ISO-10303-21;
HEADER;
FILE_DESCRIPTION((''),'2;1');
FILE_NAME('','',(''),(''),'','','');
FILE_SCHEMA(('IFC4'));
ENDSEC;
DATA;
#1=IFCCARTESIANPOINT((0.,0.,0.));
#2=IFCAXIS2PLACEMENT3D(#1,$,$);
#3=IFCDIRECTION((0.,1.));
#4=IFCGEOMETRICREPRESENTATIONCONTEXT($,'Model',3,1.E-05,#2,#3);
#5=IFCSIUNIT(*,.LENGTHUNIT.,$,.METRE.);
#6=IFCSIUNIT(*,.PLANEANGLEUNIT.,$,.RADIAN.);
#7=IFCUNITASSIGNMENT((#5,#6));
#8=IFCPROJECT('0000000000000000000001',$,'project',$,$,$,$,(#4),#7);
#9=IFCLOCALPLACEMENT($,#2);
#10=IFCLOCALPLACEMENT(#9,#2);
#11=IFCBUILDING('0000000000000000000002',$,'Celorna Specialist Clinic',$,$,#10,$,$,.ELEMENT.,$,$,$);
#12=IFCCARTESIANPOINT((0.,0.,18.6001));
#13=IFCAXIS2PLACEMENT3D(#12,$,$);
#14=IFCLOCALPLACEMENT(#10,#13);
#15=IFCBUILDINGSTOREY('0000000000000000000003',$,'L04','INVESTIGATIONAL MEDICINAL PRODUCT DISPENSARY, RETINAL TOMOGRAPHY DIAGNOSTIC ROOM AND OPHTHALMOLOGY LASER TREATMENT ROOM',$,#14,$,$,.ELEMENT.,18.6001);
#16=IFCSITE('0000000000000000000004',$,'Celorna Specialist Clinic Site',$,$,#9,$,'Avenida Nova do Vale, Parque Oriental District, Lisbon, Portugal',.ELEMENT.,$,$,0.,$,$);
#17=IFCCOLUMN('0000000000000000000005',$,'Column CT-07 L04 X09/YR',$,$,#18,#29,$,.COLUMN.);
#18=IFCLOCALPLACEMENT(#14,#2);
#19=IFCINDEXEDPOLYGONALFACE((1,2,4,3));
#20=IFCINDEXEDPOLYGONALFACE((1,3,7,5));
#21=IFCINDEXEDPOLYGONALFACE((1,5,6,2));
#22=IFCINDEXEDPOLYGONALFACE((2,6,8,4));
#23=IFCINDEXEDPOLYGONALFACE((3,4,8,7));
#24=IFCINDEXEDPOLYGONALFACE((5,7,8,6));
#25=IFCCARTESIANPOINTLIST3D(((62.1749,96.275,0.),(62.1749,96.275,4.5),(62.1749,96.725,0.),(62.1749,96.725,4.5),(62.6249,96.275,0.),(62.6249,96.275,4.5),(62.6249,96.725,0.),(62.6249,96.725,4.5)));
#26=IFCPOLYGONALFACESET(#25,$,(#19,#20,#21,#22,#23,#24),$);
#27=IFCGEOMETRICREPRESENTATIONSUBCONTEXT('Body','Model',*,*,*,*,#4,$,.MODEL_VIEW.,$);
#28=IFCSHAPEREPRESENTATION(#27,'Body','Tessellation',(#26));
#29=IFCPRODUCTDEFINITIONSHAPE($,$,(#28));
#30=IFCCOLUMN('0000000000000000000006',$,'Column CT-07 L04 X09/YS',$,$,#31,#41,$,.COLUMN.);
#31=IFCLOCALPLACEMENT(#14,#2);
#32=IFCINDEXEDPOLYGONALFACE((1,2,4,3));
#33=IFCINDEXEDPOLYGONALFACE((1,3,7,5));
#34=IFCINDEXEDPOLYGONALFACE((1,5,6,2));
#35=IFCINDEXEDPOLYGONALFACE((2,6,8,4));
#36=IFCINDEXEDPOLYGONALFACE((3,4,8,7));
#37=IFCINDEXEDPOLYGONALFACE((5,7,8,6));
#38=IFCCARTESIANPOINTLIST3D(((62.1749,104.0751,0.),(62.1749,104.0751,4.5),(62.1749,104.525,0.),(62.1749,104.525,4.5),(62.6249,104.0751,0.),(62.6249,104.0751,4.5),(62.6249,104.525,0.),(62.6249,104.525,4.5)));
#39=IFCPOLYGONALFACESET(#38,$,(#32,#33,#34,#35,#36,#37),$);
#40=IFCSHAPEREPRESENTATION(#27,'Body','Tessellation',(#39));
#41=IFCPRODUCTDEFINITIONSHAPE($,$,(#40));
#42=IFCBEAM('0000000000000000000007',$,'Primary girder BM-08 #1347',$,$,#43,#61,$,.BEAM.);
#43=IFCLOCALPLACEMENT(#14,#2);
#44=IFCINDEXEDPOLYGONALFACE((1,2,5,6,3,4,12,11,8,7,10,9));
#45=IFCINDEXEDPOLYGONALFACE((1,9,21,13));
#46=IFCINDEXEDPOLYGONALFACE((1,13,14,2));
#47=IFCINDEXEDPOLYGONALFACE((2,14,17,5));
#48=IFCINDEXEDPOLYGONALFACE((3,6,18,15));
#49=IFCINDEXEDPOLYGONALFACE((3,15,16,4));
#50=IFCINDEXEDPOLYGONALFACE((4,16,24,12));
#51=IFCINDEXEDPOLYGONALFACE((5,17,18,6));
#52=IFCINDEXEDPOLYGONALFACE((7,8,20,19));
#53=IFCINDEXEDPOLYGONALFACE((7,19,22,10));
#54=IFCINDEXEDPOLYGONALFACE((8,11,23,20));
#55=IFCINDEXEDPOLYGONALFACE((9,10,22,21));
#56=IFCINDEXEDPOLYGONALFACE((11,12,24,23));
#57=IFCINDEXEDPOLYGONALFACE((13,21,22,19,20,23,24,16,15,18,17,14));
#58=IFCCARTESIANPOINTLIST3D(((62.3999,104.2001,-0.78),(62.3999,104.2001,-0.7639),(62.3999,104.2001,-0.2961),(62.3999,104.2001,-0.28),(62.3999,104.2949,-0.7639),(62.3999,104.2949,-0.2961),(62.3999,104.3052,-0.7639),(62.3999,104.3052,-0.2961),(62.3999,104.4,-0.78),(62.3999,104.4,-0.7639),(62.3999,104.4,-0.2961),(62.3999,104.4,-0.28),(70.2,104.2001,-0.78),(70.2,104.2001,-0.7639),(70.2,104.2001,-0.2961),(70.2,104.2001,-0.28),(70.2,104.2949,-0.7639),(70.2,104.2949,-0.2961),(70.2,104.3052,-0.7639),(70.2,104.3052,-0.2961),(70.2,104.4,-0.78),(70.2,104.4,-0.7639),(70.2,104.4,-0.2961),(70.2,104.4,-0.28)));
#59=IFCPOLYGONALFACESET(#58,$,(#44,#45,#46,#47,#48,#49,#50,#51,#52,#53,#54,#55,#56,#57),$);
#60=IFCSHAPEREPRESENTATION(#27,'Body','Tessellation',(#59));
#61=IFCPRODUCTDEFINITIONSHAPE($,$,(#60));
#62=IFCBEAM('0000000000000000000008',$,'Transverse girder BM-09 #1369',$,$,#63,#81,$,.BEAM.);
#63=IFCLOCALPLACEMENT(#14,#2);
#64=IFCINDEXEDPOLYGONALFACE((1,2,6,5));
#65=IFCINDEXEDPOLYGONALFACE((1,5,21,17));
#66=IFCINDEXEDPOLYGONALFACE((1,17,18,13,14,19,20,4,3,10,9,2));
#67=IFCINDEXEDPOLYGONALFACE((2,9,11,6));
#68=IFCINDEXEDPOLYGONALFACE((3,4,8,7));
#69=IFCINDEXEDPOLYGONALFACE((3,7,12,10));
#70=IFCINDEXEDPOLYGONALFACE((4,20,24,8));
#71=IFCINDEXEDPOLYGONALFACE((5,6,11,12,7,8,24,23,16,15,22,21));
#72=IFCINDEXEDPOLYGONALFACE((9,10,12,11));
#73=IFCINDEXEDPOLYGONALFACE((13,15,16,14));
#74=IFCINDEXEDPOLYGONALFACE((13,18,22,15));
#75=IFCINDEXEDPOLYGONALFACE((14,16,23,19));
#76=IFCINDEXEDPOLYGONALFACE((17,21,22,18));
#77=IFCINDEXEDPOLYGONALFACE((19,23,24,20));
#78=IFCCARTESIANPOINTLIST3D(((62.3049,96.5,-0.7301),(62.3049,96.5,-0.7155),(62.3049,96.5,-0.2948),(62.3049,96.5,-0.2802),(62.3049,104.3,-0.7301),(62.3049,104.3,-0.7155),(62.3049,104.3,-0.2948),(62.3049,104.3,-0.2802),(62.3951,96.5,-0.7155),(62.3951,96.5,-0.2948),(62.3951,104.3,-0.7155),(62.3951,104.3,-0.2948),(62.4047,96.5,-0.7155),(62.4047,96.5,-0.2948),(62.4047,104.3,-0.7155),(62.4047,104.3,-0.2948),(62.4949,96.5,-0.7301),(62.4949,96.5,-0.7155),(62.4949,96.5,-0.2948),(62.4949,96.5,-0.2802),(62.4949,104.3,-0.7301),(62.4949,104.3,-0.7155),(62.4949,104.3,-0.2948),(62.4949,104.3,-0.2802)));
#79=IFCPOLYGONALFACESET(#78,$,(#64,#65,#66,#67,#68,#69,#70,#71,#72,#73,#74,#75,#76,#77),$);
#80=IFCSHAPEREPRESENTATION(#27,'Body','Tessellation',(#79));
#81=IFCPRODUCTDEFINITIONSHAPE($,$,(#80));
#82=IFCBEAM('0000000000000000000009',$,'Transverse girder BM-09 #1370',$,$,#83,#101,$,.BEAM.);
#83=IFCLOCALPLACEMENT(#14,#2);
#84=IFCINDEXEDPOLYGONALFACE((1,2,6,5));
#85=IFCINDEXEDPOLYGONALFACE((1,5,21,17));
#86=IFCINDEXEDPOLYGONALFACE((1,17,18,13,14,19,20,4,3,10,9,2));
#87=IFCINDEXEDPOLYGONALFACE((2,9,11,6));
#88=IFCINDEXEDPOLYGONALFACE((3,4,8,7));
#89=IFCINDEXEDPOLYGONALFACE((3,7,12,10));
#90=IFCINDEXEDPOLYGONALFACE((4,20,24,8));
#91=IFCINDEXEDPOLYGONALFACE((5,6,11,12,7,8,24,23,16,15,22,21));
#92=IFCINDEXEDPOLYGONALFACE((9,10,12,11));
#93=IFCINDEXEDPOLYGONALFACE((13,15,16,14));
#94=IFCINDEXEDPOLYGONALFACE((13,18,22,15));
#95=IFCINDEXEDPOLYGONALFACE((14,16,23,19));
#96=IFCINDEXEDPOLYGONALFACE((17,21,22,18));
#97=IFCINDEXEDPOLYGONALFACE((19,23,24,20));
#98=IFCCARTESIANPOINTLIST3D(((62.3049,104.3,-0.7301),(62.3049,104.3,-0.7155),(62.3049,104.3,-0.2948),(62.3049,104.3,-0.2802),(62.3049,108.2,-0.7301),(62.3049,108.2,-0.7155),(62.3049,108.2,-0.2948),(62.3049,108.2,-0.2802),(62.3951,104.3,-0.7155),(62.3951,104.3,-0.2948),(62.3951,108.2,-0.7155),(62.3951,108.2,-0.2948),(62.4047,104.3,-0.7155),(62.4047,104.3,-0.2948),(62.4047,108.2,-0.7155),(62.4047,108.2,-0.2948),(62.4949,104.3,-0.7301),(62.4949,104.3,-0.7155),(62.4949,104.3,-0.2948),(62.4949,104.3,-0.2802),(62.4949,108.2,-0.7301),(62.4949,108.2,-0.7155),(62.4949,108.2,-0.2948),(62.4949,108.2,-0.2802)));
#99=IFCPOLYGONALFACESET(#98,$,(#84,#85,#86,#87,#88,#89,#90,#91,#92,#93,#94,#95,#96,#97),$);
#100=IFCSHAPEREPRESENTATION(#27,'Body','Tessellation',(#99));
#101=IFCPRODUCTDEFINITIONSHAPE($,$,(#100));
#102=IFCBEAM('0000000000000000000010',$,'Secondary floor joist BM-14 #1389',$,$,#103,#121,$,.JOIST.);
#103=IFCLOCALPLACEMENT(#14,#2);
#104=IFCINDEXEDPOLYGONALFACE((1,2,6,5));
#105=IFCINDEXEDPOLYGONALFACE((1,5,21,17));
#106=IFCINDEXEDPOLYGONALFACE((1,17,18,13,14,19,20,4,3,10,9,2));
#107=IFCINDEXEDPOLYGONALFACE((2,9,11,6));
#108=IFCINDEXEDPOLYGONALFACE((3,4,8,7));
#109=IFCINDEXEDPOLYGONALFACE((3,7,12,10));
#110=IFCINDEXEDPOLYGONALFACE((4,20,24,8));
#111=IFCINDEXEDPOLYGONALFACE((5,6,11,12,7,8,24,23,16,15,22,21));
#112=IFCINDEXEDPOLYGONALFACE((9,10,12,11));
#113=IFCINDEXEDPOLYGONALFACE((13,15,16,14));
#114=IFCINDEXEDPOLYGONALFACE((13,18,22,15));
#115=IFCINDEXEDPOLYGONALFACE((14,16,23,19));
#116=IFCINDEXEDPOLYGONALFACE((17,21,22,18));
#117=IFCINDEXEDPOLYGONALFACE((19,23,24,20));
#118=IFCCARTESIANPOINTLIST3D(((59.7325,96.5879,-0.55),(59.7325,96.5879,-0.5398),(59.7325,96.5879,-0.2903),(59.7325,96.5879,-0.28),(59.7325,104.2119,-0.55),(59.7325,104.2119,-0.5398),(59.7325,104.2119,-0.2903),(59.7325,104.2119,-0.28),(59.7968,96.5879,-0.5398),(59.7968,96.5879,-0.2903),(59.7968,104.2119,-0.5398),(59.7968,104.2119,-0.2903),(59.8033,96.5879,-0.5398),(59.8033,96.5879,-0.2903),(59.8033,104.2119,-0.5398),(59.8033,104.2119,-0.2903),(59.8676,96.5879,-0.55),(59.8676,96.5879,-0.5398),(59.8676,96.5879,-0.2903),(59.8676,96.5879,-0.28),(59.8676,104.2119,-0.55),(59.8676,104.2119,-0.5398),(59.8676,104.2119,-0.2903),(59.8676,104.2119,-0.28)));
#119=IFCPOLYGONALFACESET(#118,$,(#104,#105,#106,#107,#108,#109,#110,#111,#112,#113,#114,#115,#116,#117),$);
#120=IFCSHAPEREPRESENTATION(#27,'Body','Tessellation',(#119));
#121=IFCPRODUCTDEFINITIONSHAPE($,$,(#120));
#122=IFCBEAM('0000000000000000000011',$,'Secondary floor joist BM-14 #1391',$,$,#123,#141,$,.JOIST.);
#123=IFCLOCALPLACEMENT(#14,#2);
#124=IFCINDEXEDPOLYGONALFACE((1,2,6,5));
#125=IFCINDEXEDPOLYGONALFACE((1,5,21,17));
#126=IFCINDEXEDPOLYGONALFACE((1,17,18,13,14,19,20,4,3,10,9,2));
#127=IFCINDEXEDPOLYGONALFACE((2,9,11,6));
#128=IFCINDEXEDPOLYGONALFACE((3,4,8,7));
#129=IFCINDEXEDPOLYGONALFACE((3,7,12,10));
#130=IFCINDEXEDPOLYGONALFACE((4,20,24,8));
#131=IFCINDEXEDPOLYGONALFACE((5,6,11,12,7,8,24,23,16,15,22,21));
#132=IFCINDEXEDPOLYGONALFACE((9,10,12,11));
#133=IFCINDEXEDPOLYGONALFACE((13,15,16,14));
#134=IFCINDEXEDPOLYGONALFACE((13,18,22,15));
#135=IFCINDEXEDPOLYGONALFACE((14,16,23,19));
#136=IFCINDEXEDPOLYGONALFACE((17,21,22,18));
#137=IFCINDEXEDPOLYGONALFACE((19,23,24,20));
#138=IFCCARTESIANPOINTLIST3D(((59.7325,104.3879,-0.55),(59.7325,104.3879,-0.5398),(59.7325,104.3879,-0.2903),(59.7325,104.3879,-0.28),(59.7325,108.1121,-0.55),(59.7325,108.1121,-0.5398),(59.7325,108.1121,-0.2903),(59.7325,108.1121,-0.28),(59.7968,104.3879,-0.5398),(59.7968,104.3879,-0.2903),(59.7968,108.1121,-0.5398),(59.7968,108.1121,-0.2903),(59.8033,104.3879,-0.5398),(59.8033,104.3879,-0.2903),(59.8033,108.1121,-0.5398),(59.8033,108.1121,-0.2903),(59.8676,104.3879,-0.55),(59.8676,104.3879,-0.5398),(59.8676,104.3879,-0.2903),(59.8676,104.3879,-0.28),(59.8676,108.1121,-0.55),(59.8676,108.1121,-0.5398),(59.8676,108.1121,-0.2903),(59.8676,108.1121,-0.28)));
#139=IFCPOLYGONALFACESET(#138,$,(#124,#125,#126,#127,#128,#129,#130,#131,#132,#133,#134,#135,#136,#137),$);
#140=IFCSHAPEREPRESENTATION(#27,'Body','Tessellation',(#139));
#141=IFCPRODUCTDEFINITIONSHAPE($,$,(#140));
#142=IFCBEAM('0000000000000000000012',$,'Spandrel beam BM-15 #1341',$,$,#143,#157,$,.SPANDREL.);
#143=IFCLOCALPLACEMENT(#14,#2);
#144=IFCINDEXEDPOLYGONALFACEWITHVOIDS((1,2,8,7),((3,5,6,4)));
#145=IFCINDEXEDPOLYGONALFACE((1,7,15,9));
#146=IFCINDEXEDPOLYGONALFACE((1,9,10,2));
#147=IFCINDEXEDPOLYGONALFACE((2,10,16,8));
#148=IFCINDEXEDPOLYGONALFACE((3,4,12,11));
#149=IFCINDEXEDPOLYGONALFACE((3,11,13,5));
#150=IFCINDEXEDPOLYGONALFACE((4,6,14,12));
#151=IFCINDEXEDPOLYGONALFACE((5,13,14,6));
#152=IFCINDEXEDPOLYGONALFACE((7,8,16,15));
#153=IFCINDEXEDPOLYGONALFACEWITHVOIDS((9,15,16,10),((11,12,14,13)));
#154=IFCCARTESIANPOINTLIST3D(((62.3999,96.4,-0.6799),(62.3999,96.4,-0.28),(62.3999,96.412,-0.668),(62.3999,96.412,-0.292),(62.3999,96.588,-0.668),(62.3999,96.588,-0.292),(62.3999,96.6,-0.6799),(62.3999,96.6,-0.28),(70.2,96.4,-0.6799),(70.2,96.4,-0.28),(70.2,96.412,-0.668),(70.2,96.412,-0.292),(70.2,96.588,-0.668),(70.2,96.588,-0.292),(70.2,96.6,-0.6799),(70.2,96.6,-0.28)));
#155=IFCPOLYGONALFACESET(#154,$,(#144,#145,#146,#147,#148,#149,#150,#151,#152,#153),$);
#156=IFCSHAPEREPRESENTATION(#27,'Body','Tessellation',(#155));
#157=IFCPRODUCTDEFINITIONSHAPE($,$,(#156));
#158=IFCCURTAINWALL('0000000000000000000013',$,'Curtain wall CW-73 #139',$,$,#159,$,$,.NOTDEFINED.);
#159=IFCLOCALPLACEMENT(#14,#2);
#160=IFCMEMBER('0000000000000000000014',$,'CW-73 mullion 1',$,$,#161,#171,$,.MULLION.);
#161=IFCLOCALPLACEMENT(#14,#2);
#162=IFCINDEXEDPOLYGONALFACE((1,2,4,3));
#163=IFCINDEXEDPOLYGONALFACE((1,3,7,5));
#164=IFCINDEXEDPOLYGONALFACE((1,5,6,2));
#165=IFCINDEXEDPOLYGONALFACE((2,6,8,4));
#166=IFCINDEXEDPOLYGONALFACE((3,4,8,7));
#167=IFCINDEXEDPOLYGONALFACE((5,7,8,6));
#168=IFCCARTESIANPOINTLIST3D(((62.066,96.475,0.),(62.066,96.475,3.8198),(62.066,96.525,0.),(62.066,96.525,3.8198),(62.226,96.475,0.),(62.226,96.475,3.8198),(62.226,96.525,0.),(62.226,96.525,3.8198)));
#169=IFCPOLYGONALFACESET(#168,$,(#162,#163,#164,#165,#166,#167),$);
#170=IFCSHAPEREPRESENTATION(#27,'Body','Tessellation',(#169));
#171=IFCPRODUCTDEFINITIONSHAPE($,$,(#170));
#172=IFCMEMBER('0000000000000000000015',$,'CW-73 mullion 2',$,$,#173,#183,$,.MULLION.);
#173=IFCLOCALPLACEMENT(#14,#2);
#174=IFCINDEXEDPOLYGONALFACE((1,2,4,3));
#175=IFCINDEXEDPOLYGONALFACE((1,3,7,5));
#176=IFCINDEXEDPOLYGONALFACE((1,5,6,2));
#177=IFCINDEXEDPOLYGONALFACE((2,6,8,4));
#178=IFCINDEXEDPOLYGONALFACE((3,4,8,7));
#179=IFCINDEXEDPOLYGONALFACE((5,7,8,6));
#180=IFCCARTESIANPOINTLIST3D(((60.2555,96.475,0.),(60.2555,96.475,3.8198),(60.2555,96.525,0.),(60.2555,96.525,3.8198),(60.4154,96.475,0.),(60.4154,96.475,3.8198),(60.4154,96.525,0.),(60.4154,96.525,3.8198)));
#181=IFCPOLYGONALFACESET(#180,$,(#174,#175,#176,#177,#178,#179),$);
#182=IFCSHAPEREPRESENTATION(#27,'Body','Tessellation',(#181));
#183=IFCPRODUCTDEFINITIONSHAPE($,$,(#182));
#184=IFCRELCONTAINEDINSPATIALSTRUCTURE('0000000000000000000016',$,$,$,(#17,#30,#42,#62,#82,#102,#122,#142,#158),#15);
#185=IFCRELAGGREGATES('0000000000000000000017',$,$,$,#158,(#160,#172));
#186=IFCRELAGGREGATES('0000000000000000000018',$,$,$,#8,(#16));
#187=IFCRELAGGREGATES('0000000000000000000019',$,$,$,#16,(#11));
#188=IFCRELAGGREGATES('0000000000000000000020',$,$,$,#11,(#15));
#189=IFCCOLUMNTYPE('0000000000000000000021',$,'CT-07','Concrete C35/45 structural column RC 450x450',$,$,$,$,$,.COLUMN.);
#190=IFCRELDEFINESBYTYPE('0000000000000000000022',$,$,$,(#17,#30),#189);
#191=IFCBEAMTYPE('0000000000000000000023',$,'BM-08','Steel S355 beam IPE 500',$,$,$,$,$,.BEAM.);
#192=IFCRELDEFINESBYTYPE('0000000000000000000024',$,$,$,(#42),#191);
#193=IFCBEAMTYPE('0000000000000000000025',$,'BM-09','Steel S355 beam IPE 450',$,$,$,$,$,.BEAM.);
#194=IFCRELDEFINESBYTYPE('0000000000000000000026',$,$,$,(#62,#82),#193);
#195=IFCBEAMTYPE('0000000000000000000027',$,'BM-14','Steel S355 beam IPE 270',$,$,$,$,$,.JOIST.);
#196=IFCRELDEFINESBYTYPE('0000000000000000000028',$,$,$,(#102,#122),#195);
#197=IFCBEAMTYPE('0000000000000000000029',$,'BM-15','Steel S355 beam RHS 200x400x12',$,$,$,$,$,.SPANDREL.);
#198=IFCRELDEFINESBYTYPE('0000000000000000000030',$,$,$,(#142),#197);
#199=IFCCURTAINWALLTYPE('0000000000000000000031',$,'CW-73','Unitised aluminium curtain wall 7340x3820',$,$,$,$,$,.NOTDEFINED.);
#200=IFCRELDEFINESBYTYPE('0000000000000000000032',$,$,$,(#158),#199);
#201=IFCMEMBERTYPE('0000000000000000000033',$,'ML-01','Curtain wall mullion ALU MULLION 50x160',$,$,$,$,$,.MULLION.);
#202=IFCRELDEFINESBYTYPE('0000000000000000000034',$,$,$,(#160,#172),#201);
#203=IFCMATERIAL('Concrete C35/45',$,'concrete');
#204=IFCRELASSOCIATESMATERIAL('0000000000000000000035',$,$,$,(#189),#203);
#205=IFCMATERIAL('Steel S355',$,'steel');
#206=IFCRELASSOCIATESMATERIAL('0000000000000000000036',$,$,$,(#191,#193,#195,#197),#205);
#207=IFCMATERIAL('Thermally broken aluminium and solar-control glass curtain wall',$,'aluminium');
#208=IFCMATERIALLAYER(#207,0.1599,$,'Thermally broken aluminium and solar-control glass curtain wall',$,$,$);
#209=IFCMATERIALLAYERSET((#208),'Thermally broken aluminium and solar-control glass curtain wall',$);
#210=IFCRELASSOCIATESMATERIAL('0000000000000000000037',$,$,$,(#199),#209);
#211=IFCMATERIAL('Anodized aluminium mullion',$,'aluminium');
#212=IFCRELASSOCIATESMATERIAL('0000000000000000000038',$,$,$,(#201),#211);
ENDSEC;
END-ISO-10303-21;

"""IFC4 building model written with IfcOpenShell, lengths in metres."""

from ifc_helpers import new_model, si_unit, direction, frame, origin, origin_2d, place, context, subcontext, project, spatial, rectangle, hollow_rectangle, i_section, extrude, material, layer, layer_set, material_profile, profile_set, type_object, element, aggregate, save


model = new_model("IFC4")

# Units and contexts
model_context = context("Model", 3, precision=1e-05, world=origin(), true_north=direction((0.0, 1.0)))
body_context = subcontext(model_context, "Body", "Model", "MODEL_VIEW")
ifc_project = project(units=[si_unit("LENGTHUNIT", "METRE"), si_unit("PLANEANGLEUNIT", "RADIAN")], contexts=[model_context])

# Site, building, storey
site_placement = place(None, origin())
site = spatial("IfcSite", under=ifc_project, at=site_placement, Name="Celorna Specialist Clinic Site", LongName="Avenida Nova do Vale, Parque Oriental District, Lisbon, Portugal", CompositionType="ELEMENT", RefElevation=0.0)
building_placement = place(site_placement, origin())
building = spatial("IfcBuilding", under=site, at=building_placement, Name="Celorna Specialist Clinic", CompositionType="ELEMENT")
storey_placement = place(building_placement, frame((0.0, 0.0, 18.6001)))
storey = spatial("IfcBuildingStorey", under=building, at=storey_placement, Name="L04", Description="INVESTIGATIONAL MEDICINAL PRODUCT DISPENSARY, RETINAL TOMOGRAPHY DIAGNOSTIC ROOM AND OPHTHALMOLOGY LASER TREATMENT ROOM", CompositionType="ELEMENT", Elevation=18.6001)

# Columns
ifc_material_1 = material(Name="Concrete C35/45", Category="concrete")
ifc_material_profile_1 = material_profile(ifc_material_1, rectangle(XDim=0.45, YDim=0.45, at=origin_2d()), Name="RC 450x450")
ifc_profile_set_1 = profile_set([ifc_material_profile_1], Name="Concrete C35/45")
column_type = type_object("IfcColumnType", Name="CT-07", Description="Concrete C35/45 structural column RC 450x450", PredefinedType="COLUMN", material=ifc_profile_set_1)
for number, where, z_axis, x_axis, name in (
    (1, (62.3999, 96.5, 0.0), (0.0, 0.0, 1.0), (1.0, 0.0, 0.0), "Column CT-07 L04 X09/YR"),
    (2, (62.3999, 104.3, 0.0), (0.0, 0.0, 1.0), (1.0, 0.0, 0.0), "Column CT-07 L04 X09/YS"),
):
    element("IfcColumn", number, at=place(storey_placement, frame(where, z_axis=z_axis, x_axis=x_axis)), inside=storey, type_object=column_type, Name=name, PredefinedType="COLUMN", context=body_context, shape_type="SweptSolid", body=[
        extrude(rectangle(XDim=0.45, YDim=0.45, at=origin_2d()), origin(), (0.0, 0.0, 1.0), 4.5),
    ])

# Beams
ifc_material_2 = material(Name="Steel S355", Category="steel")
ifc_material_profile_2 = material_profile(ifc_material_2, i_section(OverallWidth=0.2, OverallDepth=0.5, WebThickness=0.0103, FlangeThickness=0.0161, at=origin_2d()), Name="IPE 500")
ifc_profile_set_2 = profile_set([ifc_material_profile_2], Name="Steel S355")
beam_type_1 = type_object("IfcBeamType", Name="BM-08", Description="Steel S355 beam IPE 500", PredefinedType="BEAM", material=ifc_profile_set_2)
beam_1_placement = place(storey_placement, frame((62.3999, 104.3, -0.53), z_axis=(1.0, 0.0, 0.0), x_axis=(0.0, 1.0, 0.0)))
element("IfcBeam", 3, at=beam_1_placement, inside=storey, type_object=beam_type_1, Name="Primary girder BM-08 #1347", PredefinedType="BEAM", context=body_context, shape_type="SweptSolid", body=[
    extrude(i_section(OverallWidth=0.2, OverallDepth=0.5, WebThickness=0.0103, FlangeThickness=0.0161, at=origin_2d()), origin(), (0.0, 0.0, 1.0), 7.8),
])
ifc_material_profile_3 = material_profile(ifc_material_2, i_section(OverallWidth=0.1899, OverallDepth=0.45, WebThickness=0.0095, FlangeThickness=0.0146, at=origin_2d()), Name="IPE 450")
ifc_profile_set_3 = profile_set([ifc_material_profile_3], Name="Steel S355")
beam_type_2 = type_object("IfcBeamType", Name="BM-09", Description="Steel S355 beam IPE 450", PredefinedType="BEAM", material=ifc_profile_set_3)
beam_2_placement = place(storey_placement, frame((62.3999, 96.5, -0.5051), z_axis=(0.0, 1.0, 0.0), x_axis=(-1.0, 0.0, 0.0)))
element("IfcBeam", 4, at=beam_2_placement, inside=storey, type_object=beam_type_2, Name="Transverse girder BM-09 #1369", PredefinedType="BEAM", context=body_context, shape_type="SweptSolid", body=[
    extrude(i_section(OverallWidth=0.1899, OverallDepth=0.45, WebThickness=0.0095, FlangeThickness=0.0146, at=origin_2d()), origin(), (0.0, 0.0, 1.0), 7.8),
])
beam_3_placement = place(storey_placement, frame((62.3999, 104.3, -0.5051), z_axis=(0.0, 1.0, 0.0), x_axis=(-1.0, 0.0, 0.0)))
element("IfcBeam", 5, at=beam_3_placement, inside=storey, type_object=beam_type_2, Name="Transverse girder BM-09 #1370", PredefinedType="BEAM", context=body_context, shape_type="SweptSolid", body=[
    extrude(i_section(OverallWidth=0.1899, OverallDepth=0.45, WebThickness=0.0095, FlangeThickness=0.0146, at=origin_2d()), origin(), (0.0, 0.0, 1.0), 3.8999),
])
ifc_material_profile_4 = material_profile(ifc_material_2, i_section(OverallWidth=0.135, OverallDepth=0.27, WebThickness=0.0066, FlangeThickness=0.0103, at=origin_2d()), Name="IPE 270")
ifc_profile_set_4 = profile_set([ifc_material_profile_4], Name="Steel S355")
beam_type_3 = type_object("IfcBeamType", Name="BM-14", Description="Steel S355 beam IPE 270", PredefinedType="JOIST", material=ifc_profile_set_4)
beam_4_placement = place(storey_placement, frame((59.8, 96.5879, -0.415), z_axis=(0.0, 1.0, 0.0), x_axis=(-1.0, 0.0, 0.0)))
element("IfcBeam", 6, at=beam_4_placement, inside=storey, type_object=beam_type_3, Name="Secondary floor joist BM-14 #1389", PredefinedType="JOIST", context=body_context, shape_type="SweptSolid", body=[
    extrude(i_section(OverallWidth=0.135, OverallDepth=0.27, WebThickness=0.0066, FlangeThickness=0.0103, at=origin_2d()), origin(), (0.0, 0.0, 1.0), 7.624),
])
beam_5_placement = place(storey_placement, frame((59.8, 104.3879, -0.415), z_axis=(0.0, 1.0, 0.0), x_axis=(-1.0, 0.0, 0.0)))
element("IfcBeam", 7, at=beam_5_placement, inside=storey, type_object=beam_type_3, Name="Secondary floor joist BM-14 #1391", PredefinedType="JOIST", context=body_context, shape_type="SweptSolid", body=[
    extrude(i_section(OverallWidth=0.135, OverallDepth=0.27, WebThickness=0.0066, FlangeThickness=0.0103, at=origin_2d()), origin(), (0.0, 0.0, 1.0), 3.7241),
])
ifc_material_profile_5 = material_profile(ifc_material_2, hollow_rectangle(XDim=0.2, YDim=0.3999, WallThickness=0.012, at=origin_2d()), Name="RHS 200x400x12")
ifc_profile_set_5 = profile_set([ifc_material_profile_5], Name="Steel S355")
beam_type_4 = type_object("IfcBeamType", Name="BM-15", Description="Steel S355 beam RHS 200x400x12", PredefinedType="SPANDREL", material=ifc_profile_set_5)
beam_6_placement = place(storey_placement, frame((62.3999, 96.5, -0.48), z_axis=(1.0, 0.0, 0.0), x_axis=(0.0, 1.0, 0.0)))
element("IfcBeam", 8, at=beam_6_placement, inside=storey, type_object=beam_type_4, Name="Spandrel beam BM-15 #1341", PredefinedType="SPANDREL", context=body_context, shape_type="SweptSolid", body=[
    extrude(hollow_rectangle(XDim=0.2, YDim=0.3999, WallThickness=0.012, at=origin_2d()), origin(), (0.0, 0.0, 1.0), 7.8),
])

# Curtain wall, members
ifc_material_3 = material(Name="Thermally broken aluminium and solar-control glass curtain wall", Category="aluminium")
ifc_layer_1 = layer(ifc_material_3, 0.1599, Name="Thermally broken aluminium and solar-control glass curtain wall")
ifc_layer_set_1 = layer_set([ifc_layer_1], Name="Thermally broken aluminium and solar-control glass curtain wall")
curtain_wall_type_1 = type_object("IfcCurtainWallType", Name="CW-73", Description="Unitised aluminium curtain wall 7340x3820", PredefinedType="NOTDEFINED", material=ifc_layer_set_1)
curtain_wall_1_placement = place(storey_placement, origin())
curtain_wall_1 = element("IfcCurtainWall", 9, at=curtain_wall_1_placement, inside=storey, type_object=curtain_wall_type_1, Name="Curtain wall CW-73 #139", PredefinedType="NOTDEFINED")
ifc_material_4 = material(Name="Anodized aluminium mullion", Category="aluminium")
ifc_material_profile_6 = material_profile(ifc_material_4, rectangle(XDim=0.05, YDim=0.1599, at=origin_2d()), Name="ALU MULLION 50x160")
ifc_profile_set_6 = profile_set([ifc_material_profile_6], Name="Anodized aluminium mullion")
member_type_1 = type_object("IfcMemberType", Name="ML-01", Description="Curtain wall mullion ALU MULLION 50x160", PredefinedType="MULLION", material=ifc_profile_set_6)
member_1_placement = place(storey_placement, frame((62.146, 96.5, 0.0), z_axis=(0.0, 0.0, 1.0), x_axis=(0.0, -1.0, 0.0)))
member_1 = element("IfcMember", 10, at=member_1_placement, type_object=member_type_1, Name="CW-73 mullion 1", PredefinedType="MULLION", context=body_context, shape_type="SweptSolid", body=[
    extrude(rectangle(XDim=0.05, YDim=0.1599, at=origin_2d()), origin(), (0.0, 0.0, 1.0), 3.8198),
])
member_2_placement = place(storey_placement, frame((60.3354, 96.5, 0.0), z_axis=(0.0, 0.0, 1.0), x_axis=(0.0, -1.0, 0.0)))
member_2 = element("IfcMember", 11, at=member_2_placement, type_object=member_type_1, Name="CW-73 mullion 2", PredefinedType="MULLION", context=body_context, shape_type="SweptSolid", body=[
    extrude(rectangle(XDim=0.05, YDim=0.1599, at=origin_2d()), origin(), (0.0, 0.0, 1.0), 3.8198),
])

aggregate(curtain_wall_1, [member_1, member_2])

save(model, "model.ifc")
